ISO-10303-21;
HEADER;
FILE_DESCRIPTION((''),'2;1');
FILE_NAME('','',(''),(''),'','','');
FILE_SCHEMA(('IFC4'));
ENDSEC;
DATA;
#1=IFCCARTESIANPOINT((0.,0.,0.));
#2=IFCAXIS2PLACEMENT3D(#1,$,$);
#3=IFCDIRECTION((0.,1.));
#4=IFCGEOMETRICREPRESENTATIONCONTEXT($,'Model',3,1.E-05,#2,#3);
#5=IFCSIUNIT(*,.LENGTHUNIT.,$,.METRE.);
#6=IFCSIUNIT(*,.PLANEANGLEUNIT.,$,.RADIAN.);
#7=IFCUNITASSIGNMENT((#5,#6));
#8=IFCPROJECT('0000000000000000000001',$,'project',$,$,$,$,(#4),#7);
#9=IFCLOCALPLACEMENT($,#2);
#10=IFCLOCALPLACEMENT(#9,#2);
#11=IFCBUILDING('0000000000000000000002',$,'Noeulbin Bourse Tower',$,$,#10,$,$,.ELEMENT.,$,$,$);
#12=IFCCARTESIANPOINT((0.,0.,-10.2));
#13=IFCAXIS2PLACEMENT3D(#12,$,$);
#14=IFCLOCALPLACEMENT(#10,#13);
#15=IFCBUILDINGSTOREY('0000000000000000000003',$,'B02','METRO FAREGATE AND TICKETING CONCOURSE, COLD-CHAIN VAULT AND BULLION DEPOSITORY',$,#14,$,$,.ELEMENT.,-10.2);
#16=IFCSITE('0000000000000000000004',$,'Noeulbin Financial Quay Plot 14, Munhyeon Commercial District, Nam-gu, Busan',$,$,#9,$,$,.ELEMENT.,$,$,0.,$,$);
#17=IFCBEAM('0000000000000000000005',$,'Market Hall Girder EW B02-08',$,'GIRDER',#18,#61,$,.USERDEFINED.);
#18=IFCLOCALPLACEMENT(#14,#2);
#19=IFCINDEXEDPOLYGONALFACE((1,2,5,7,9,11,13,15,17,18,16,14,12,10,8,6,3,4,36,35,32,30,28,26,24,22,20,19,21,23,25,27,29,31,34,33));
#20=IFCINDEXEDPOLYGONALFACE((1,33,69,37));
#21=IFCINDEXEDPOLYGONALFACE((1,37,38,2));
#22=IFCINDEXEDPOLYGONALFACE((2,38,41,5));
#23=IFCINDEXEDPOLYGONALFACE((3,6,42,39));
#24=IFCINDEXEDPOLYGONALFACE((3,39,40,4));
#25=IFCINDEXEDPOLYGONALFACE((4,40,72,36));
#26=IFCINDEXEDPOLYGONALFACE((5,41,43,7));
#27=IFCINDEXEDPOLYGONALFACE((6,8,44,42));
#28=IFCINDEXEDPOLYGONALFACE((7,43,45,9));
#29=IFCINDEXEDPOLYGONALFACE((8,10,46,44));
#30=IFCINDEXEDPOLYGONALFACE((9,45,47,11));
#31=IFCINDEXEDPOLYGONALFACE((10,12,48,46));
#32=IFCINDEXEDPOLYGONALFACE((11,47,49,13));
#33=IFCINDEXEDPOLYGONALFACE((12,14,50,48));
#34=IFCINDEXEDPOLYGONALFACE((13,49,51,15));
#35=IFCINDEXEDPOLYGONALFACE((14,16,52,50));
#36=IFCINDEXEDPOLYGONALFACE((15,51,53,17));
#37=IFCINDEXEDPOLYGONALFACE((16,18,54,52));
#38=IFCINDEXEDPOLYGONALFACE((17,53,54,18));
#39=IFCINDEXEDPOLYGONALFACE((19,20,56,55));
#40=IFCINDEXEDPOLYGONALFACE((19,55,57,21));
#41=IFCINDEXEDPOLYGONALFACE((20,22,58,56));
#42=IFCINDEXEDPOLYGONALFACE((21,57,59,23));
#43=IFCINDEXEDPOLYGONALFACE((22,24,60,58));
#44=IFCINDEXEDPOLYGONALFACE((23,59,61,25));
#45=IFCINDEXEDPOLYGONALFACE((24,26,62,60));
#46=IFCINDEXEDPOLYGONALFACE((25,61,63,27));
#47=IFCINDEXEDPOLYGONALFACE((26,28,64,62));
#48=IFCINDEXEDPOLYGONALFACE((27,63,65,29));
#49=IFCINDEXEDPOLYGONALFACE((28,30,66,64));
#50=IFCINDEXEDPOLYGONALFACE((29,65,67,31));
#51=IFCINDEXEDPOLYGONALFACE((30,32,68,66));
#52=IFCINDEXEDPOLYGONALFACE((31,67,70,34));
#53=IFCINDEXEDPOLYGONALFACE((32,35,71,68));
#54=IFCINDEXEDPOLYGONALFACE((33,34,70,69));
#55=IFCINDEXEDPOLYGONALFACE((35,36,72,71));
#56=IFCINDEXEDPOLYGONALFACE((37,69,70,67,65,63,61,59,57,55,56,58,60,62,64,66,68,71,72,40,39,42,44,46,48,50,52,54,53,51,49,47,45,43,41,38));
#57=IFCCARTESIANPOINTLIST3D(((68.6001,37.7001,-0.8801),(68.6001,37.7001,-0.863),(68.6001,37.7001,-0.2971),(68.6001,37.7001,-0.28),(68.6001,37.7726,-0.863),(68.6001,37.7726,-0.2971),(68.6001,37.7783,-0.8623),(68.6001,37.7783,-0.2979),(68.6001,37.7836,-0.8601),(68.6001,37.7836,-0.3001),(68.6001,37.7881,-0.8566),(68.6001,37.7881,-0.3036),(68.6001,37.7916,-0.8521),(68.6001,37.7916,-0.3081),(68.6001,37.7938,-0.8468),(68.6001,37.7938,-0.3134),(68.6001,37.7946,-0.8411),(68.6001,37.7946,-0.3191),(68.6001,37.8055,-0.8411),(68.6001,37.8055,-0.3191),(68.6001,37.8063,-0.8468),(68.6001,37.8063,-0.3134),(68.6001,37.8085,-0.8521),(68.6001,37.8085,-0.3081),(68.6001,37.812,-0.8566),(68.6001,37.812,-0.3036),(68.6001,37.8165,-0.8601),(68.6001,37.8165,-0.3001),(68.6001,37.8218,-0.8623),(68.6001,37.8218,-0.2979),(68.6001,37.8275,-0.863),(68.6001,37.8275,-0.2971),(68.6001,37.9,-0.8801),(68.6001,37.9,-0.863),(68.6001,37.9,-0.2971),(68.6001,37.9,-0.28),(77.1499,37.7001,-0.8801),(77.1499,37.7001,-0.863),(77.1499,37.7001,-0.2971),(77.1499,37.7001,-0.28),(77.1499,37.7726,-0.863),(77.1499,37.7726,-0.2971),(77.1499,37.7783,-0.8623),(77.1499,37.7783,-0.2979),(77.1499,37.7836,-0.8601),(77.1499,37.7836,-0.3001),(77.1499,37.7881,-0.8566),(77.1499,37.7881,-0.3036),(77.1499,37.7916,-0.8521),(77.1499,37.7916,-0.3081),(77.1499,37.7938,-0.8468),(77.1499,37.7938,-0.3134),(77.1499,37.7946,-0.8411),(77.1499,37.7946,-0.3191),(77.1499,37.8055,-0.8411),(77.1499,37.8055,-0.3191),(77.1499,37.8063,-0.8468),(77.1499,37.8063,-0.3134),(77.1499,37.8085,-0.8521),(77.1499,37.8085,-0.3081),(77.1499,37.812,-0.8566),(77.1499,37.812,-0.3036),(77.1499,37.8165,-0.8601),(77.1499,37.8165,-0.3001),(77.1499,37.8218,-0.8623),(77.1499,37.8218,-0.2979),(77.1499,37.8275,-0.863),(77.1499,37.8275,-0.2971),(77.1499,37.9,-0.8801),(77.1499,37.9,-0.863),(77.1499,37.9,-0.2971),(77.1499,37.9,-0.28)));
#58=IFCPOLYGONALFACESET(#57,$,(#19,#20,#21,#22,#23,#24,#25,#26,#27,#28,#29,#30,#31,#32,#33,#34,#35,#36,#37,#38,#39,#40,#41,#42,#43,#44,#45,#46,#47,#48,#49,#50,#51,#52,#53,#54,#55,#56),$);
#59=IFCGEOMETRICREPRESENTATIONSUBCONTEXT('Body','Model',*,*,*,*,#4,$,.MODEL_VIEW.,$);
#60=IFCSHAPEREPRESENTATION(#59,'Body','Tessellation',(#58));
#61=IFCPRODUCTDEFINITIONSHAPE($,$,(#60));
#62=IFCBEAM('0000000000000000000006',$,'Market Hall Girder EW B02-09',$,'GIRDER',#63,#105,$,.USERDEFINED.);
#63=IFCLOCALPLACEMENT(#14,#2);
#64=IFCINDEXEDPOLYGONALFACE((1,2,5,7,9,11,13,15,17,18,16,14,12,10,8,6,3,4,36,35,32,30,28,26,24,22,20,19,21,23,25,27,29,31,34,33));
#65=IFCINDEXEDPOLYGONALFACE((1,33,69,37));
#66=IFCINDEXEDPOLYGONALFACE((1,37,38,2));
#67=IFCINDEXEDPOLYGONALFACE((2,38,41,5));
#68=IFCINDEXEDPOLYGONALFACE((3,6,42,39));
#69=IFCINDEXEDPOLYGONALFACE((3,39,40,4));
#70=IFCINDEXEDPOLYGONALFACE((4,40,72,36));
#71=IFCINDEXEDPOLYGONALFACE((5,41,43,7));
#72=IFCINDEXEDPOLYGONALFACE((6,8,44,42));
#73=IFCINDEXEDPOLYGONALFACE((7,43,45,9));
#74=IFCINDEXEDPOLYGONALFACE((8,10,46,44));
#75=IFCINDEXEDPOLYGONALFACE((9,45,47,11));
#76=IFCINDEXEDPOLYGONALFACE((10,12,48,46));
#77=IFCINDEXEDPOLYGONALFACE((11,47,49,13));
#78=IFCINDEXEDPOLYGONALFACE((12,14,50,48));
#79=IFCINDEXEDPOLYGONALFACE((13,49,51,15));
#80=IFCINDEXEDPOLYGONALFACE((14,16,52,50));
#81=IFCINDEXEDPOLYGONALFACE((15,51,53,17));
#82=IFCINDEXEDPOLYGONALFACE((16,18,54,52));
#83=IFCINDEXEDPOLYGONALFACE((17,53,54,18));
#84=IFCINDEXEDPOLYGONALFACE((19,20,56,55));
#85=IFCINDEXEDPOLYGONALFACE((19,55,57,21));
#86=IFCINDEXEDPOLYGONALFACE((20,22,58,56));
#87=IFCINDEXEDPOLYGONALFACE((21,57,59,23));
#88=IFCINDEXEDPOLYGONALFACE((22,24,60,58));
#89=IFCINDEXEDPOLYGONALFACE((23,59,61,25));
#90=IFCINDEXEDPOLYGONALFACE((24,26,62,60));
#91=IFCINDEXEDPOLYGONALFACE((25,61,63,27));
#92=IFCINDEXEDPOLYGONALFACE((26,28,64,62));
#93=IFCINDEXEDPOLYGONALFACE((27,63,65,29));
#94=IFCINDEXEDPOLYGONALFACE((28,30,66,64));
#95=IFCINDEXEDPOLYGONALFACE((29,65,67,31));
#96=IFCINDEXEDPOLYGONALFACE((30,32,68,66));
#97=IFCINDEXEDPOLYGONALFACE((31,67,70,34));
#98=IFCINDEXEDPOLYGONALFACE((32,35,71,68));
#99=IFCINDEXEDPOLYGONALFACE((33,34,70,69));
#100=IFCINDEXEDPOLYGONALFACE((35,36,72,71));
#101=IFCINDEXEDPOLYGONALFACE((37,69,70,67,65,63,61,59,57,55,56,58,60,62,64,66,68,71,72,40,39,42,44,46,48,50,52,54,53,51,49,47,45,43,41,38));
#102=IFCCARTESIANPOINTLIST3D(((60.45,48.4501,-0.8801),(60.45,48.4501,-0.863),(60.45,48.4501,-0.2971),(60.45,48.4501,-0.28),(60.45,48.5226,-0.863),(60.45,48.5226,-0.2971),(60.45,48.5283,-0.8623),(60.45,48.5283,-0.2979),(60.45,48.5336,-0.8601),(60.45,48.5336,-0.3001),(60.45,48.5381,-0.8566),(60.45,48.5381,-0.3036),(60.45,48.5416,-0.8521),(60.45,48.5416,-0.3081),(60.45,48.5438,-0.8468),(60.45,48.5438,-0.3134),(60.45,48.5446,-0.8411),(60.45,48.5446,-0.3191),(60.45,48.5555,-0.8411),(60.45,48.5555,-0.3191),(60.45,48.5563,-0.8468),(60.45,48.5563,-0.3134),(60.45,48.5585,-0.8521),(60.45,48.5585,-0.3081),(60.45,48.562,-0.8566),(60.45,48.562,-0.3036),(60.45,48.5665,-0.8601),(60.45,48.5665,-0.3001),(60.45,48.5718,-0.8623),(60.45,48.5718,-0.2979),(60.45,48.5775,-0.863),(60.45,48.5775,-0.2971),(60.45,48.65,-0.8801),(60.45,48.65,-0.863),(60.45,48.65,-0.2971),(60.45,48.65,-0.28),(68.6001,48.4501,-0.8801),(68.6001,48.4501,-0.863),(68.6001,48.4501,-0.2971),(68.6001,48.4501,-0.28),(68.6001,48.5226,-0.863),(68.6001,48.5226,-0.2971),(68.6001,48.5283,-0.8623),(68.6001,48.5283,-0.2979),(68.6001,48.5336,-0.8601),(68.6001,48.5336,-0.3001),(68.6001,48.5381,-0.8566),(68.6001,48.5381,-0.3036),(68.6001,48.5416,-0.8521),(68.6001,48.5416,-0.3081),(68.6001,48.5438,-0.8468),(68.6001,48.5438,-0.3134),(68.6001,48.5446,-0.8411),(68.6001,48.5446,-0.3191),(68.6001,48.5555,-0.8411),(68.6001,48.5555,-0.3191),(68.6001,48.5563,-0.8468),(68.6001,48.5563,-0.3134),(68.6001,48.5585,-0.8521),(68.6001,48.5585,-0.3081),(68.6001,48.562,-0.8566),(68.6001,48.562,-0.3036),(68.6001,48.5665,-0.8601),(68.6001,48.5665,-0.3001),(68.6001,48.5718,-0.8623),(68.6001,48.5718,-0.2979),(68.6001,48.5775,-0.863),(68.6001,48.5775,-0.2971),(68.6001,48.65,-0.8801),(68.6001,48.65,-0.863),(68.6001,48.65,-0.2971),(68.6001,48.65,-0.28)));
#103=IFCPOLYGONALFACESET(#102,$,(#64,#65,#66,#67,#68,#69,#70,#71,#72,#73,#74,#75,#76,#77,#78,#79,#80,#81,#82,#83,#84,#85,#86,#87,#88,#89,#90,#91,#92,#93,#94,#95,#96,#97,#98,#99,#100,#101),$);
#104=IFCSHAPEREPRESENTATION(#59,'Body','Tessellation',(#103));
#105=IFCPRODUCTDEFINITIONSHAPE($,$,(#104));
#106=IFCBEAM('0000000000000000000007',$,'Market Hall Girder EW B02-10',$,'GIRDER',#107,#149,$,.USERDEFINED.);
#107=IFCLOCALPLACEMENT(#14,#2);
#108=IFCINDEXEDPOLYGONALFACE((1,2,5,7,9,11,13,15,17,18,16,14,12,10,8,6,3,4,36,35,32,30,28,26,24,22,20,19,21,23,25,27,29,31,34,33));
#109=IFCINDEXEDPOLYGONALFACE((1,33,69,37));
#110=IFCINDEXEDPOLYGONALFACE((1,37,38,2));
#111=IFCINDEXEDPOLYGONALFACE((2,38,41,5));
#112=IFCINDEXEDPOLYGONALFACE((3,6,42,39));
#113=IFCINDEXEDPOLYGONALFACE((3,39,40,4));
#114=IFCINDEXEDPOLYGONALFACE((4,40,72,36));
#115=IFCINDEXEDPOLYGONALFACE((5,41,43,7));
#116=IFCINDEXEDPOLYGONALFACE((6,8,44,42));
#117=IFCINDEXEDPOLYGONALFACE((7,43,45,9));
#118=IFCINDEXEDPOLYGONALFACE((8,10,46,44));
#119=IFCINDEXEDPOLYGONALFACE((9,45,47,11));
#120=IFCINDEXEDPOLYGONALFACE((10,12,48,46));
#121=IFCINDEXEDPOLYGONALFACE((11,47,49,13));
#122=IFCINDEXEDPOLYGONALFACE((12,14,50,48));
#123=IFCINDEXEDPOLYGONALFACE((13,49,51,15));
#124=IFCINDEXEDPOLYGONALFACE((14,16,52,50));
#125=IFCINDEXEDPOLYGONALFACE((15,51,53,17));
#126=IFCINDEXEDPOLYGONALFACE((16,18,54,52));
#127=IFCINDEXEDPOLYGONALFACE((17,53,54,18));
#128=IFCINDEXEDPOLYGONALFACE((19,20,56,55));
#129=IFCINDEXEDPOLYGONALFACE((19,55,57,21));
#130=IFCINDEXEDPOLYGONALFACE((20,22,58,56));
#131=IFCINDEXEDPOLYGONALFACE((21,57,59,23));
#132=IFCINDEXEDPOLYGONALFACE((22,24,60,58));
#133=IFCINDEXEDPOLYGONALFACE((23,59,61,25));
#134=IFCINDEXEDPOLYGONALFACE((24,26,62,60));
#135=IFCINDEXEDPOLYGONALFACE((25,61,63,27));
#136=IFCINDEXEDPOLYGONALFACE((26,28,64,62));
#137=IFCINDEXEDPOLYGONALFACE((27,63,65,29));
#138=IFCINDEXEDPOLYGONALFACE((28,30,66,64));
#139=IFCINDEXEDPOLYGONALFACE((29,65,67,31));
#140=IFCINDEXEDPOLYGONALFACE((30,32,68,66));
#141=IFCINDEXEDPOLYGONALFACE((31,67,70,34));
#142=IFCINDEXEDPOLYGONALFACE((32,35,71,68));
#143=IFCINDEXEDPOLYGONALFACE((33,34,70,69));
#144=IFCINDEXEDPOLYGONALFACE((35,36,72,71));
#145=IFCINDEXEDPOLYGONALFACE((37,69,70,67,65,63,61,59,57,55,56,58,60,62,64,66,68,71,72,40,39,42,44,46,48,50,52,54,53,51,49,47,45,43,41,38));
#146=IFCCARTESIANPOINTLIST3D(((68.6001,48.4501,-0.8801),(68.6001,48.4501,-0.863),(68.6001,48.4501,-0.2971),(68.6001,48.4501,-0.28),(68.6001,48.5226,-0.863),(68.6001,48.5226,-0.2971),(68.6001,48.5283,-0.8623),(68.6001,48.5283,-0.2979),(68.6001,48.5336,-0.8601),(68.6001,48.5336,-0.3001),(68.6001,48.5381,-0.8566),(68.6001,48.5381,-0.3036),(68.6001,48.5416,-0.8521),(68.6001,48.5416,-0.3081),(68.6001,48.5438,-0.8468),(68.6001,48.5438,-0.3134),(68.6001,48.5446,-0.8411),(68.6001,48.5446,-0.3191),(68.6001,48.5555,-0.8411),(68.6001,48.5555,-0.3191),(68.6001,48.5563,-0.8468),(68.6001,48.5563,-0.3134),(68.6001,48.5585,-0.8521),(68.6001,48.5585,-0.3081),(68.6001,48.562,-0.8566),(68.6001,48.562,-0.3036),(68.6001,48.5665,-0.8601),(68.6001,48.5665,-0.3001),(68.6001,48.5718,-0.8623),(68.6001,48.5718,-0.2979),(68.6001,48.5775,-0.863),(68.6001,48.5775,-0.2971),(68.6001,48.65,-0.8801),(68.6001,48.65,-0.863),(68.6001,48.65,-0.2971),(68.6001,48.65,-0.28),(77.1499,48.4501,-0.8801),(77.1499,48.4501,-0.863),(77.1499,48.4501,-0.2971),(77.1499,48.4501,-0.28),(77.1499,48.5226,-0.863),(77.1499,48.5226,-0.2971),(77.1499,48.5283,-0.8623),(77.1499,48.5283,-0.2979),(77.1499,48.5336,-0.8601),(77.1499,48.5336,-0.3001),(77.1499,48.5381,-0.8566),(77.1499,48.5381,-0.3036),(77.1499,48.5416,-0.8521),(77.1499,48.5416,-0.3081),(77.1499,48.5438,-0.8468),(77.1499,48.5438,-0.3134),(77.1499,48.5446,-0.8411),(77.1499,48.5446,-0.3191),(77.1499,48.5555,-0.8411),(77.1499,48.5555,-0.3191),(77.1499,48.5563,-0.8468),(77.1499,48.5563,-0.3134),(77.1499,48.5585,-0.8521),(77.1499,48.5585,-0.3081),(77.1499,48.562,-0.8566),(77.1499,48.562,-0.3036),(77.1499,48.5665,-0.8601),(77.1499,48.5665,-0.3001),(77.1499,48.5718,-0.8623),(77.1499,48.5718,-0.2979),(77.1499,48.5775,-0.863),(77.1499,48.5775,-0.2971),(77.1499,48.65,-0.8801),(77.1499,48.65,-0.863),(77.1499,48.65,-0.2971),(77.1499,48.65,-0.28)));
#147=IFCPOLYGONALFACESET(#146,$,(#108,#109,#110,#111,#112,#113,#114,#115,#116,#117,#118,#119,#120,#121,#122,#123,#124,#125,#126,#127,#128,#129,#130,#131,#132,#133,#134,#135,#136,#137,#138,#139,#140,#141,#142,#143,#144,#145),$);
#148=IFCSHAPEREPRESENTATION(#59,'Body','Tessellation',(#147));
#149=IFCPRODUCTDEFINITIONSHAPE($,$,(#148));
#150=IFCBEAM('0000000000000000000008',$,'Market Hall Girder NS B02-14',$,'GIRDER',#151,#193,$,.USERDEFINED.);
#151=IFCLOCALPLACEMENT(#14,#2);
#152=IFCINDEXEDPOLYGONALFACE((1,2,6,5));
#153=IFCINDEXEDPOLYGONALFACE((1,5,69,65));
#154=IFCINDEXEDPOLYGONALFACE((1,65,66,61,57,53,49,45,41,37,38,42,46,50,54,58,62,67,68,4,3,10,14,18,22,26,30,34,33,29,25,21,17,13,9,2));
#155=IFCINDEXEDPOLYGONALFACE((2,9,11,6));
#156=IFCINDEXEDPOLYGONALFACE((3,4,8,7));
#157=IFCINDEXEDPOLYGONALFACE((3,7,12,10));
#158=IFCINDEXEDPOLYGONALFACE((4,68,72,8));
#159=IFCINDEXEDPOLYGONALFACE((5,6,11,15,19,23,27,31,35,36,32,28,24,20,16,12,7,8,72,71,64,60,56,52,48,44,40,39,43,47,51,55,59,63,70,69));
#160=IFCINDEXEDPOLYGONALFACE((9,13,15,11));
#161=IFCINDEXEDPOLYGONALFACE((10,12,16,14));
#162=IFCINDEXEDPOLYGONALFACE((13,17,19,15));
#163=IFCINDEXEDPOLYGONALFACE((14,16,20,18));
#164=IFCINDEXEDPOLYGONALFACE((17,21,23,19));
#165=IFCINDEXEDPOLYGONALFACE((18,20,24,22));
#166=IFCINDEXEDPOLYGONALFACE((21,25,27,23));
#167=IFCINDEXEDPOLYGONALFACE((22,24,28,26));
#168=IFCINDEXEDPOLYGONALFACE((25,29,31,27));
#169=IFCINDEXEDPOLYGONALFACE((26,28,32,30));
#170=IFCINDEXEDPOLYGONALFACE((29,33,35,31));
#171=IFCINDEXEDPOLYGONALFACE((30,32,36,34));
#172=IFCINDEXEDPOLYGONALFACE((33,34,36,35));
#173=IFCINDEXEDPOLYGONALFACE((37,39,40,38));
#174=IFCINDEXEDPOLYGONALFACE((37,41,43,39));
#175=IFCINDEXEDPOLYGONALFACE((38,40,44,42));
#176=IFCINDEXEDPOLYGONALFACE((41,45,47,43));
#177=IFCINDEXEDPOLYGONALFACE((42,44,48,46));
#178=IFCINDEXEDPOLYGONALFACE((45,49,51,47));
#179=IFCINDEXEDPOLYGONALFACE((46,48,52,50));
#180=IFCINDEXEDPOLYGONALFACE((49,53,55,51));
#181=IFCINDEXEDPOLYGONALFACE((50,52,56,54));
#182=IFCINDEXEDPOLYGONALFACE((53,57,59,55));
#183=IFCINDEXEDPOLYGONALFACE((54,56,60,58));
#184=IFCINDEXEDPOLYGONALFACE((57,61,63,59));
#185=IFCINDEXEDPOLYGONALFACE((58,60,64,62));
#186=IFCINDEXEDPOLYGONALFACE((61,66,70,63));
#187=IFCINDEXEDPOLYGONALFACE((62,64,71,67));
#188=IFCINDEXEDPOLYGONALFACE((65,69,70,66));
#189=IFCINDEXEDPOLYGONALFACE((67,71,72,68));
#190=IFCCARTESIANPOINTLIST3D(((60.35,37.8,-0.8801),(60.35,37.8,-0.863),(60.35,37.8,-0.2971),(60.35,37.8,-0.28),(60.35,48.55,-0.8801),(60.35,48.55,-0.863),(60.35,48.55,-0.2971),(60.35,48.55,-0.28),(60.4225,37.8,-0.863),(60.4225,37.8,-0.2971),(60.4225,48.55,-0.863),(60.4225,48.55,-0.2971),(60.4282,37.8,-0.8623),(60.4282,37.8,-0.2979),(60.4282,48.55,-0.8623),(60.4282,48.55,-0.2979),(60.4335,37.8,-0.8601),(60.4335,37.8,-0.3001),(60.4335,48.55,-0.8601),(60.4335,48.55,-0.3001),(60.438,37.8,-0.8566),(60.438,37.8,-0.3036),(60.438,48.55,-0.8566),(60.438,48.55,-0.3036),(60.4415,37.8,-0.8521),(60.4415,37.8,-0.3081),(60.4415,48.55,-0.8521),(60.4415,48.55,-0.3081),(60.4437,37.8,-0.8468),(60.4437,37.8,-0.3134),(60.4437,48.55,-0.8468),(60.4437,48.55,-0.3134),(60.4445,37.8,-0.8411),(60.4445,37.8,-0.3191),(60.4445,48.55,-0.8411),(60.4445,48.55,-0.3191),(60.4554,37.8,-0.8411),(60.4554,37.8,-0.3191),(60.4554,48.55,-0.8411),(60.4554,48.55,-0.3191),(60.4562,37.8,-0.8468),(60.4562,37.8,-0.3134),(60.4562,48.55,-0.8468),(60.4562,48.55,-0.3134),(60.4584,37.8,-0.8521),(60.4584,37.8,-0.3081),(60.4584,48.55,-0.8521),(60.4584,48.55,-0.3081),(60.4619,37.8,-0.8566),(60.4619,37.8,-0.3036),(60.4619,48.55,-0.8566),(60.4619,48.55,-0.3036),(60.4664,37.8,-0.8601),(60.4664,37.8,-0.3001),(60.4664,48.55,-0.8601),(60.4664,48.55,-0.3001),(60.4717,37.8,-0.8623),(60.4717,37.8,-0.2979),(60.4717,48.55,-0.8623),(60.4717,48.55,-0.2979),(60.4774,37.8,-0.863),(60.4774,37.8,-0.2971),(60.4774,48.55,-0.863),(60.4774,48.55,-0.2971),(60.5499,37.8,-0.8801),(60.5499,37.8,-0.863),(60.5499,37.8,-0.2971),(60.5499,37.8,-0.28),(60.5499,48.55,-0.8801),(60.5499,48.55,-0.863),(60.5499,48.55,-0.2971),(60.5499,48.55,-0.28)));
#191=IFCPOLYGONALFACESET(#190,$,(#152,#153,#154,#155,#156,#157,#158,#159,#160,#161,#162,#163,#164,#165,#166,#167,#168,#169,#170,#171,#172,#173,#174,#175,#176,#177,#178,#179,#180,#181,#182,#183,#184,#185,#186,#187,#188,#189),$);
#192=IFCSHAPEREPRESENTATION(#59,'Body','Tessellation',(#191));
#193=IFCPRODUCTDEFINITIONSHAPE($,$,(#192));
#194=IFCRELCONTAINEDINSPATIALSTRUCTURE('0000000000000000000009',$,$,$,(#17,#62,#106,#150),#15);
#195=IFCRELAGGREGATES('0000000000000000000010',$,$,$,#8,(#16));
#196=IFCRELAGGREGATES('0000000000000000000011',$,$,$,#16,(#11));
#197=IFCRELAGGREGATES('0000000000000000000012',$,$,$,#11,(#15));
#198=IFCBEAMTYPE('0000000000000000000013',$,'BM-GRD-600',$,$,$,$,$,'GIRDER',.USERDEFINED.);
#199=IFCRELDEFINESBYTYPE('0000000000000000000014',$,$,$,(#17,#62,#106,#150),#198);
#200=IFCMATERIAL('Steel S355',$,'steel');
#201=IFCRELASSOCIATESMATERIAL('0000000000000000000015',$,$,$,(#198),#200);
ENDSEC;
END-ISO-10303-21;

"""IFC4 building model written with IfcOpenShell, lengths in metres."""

from ifc_helpers import new_model, si_unit, direction, frame, origin, origin_2d, place, context, subcontext, project, spatial, i_section, extrude, material, material_profile, profile_set, type_object, element, save


model = new_model("IFC4")

# Units and contexts
model_context = context("Model", 3, precision=1e-05, world=origin(), true_north=direction((0.0, 1.0)))
body_context = subcontext(model_context, "Body", "Model", "MODEL_VIEW")
ifc_project = project(units=[si_unit("LENGTHUNIT", "METRE"), si_unit("PLANEANGLEUNIT", "RADIAN")], contexts=[model_context])

# Site, building, storey
site_placement = place(None, origin())
site = spatial("IfcSite", under=ifc_project, at=site_placement, Name="Noeulbin Financial Quay Plot 14, Munhyeon Commercial District, Nam-gu, Busan", CompositionType="ELEMENT", RefElevation=0.0)
building_placement = place(site_placement, origin())
building = spatial("IfcBuilding", under=site, at=building_placement, Name="Noeulbin Bourse Tower", CompositionType="ELEMENT")
storey_placement = place(building_placement, frame((0.0, 0.0, -10.2)))
storey = spatial("IfcBuildingStorey", under=building, at=storey_placement, Name="B02", Description="METRO FAREGATE AND TICKETING CONCOURSE, COLD-CHAIN VAULT AND BULLION DEPOSITORY", CompositionType="ELEMENT", Elevation=-10.2)

# Beams
ifc_material_1 = material(Name="Steel S355", Category="steel")
ifc_material_profile_1 = material_profile(ifc_material_1, i_section(OverallWidth=0.2, OverallDepth=0.6001, WebThickness=0.011, FlangeThickness=0.0171, FilletRadius=0.022, at=origin_2d()), Name="H-600x200x11x17", Category="LoadBearing")
ifc_profile_set_1 = profile_set([ifc_material_profile_1], Name="Steel S355")
beam_type_1 = type_object("IfcBeamType", Name="BM-GRD-600", ElementType="GIRDER", PredefinedType="USERDEFINED", material=ifc_profile_set_1)
beam_1_placement = place(storey_placement, frame((68.6001, 37.8, -0.5801), z_axis=(1.0, 0.0, 0.0), x_axis=(0.0, 1.0, 0.0)))
element("IfcBeam", 1, at=beam_1_placement, inside=storey, type_object=beam_type_1, Name="Market Hall Girder EW B02-08", ObjectType="GIRDER", PredefinedType="USERDEFINED", context=body_context, shape_type="SweptSolid", body=[
    extrude(i_section(OverallWidth=0.2, OverallDepth=0.6001, WebThickness=0.011, FlangeThickness=0.0171, FilletRadius=0.022, at=origin_2d()), origin(), (0.0, 0.0, 1.0), 8.5498),
])
beam_2_placement = place(storey_placement, frame((60.45, 48.55, -0.5801), z_axis=(1.0, 0.0, 0.0), x_axis=(0.0, 1.0, 0.0)))
element("IfcBeam", 2, at=beam_2_placement, inside=storey, type_object=beam_type_1, Name="Market Hall Girder EW B02-09", ObjectType="GIRDER", PredefinedType="USERDEFINED", context=body_context, shape_type="SweptSolid", body=[
    extrude(i_section(OverallWidth=0.2, OverallDepth=0.6001, WebThickness=0.011, FlangeThickness=0.0171, FilletRadius=0.022, at=origin_2d()), origin(), (0.0, 0.0, 1.0), 8.1501),
])
beam_3_placement = place(storey_placement, frame((68.6001, 48.55, -0.5801), z_axis=(1.0, 0.0, 0.0), x_axis=(0.0, 1.0, 0.0)))
element("IfcBeam", 3, at=beam_3_placement, inside=storey, type_object=beam_type_1, Name="Market Hall Girder EW B02-10", ObjectType="GIRDER", PredefinedType="USERDEFINED", context=body_context, shape_type="SweptSolid", body=[
    extrude(i_section(OverallWidth=0.2, OverallDepth=0.6001, WebThickness=0.011, FlangeThickness=0.0171, FilletRadius=0.022, at=origin_2d()), origin(), (0.0, 0.0, 1.0), 8.5498),
])
for number, where, z_axis, x_axis, name in (
    (4, (60.45, 37.8, -0.5801), (0.0, 1.0, 0.0), (-1.0, 0.0, 0.0), "Market Hall Girder NS B02-14"),
):
    element("IfcBeam", number, at=place(storey_placement, frame(where, z_axis=z_axis, x_axis=x_axis)), inside=storey, type_object=beam_type_1, Name=name, ObjectType="GIRDER", PredefinedType="USERDEFINED", context=body_context, shape_type="SweptSolid", body=[
        extrude(i_section(OverallWidth=0.2, OverallDepth=0.6001, WebThickness=0.011, FlangeThickness=0.0171, FilletRadius=0.022, at=origin_2d()), origin(), (0.0, 0.0, 1.0), 10.75),
    ])

save(model, "model.ifc")
